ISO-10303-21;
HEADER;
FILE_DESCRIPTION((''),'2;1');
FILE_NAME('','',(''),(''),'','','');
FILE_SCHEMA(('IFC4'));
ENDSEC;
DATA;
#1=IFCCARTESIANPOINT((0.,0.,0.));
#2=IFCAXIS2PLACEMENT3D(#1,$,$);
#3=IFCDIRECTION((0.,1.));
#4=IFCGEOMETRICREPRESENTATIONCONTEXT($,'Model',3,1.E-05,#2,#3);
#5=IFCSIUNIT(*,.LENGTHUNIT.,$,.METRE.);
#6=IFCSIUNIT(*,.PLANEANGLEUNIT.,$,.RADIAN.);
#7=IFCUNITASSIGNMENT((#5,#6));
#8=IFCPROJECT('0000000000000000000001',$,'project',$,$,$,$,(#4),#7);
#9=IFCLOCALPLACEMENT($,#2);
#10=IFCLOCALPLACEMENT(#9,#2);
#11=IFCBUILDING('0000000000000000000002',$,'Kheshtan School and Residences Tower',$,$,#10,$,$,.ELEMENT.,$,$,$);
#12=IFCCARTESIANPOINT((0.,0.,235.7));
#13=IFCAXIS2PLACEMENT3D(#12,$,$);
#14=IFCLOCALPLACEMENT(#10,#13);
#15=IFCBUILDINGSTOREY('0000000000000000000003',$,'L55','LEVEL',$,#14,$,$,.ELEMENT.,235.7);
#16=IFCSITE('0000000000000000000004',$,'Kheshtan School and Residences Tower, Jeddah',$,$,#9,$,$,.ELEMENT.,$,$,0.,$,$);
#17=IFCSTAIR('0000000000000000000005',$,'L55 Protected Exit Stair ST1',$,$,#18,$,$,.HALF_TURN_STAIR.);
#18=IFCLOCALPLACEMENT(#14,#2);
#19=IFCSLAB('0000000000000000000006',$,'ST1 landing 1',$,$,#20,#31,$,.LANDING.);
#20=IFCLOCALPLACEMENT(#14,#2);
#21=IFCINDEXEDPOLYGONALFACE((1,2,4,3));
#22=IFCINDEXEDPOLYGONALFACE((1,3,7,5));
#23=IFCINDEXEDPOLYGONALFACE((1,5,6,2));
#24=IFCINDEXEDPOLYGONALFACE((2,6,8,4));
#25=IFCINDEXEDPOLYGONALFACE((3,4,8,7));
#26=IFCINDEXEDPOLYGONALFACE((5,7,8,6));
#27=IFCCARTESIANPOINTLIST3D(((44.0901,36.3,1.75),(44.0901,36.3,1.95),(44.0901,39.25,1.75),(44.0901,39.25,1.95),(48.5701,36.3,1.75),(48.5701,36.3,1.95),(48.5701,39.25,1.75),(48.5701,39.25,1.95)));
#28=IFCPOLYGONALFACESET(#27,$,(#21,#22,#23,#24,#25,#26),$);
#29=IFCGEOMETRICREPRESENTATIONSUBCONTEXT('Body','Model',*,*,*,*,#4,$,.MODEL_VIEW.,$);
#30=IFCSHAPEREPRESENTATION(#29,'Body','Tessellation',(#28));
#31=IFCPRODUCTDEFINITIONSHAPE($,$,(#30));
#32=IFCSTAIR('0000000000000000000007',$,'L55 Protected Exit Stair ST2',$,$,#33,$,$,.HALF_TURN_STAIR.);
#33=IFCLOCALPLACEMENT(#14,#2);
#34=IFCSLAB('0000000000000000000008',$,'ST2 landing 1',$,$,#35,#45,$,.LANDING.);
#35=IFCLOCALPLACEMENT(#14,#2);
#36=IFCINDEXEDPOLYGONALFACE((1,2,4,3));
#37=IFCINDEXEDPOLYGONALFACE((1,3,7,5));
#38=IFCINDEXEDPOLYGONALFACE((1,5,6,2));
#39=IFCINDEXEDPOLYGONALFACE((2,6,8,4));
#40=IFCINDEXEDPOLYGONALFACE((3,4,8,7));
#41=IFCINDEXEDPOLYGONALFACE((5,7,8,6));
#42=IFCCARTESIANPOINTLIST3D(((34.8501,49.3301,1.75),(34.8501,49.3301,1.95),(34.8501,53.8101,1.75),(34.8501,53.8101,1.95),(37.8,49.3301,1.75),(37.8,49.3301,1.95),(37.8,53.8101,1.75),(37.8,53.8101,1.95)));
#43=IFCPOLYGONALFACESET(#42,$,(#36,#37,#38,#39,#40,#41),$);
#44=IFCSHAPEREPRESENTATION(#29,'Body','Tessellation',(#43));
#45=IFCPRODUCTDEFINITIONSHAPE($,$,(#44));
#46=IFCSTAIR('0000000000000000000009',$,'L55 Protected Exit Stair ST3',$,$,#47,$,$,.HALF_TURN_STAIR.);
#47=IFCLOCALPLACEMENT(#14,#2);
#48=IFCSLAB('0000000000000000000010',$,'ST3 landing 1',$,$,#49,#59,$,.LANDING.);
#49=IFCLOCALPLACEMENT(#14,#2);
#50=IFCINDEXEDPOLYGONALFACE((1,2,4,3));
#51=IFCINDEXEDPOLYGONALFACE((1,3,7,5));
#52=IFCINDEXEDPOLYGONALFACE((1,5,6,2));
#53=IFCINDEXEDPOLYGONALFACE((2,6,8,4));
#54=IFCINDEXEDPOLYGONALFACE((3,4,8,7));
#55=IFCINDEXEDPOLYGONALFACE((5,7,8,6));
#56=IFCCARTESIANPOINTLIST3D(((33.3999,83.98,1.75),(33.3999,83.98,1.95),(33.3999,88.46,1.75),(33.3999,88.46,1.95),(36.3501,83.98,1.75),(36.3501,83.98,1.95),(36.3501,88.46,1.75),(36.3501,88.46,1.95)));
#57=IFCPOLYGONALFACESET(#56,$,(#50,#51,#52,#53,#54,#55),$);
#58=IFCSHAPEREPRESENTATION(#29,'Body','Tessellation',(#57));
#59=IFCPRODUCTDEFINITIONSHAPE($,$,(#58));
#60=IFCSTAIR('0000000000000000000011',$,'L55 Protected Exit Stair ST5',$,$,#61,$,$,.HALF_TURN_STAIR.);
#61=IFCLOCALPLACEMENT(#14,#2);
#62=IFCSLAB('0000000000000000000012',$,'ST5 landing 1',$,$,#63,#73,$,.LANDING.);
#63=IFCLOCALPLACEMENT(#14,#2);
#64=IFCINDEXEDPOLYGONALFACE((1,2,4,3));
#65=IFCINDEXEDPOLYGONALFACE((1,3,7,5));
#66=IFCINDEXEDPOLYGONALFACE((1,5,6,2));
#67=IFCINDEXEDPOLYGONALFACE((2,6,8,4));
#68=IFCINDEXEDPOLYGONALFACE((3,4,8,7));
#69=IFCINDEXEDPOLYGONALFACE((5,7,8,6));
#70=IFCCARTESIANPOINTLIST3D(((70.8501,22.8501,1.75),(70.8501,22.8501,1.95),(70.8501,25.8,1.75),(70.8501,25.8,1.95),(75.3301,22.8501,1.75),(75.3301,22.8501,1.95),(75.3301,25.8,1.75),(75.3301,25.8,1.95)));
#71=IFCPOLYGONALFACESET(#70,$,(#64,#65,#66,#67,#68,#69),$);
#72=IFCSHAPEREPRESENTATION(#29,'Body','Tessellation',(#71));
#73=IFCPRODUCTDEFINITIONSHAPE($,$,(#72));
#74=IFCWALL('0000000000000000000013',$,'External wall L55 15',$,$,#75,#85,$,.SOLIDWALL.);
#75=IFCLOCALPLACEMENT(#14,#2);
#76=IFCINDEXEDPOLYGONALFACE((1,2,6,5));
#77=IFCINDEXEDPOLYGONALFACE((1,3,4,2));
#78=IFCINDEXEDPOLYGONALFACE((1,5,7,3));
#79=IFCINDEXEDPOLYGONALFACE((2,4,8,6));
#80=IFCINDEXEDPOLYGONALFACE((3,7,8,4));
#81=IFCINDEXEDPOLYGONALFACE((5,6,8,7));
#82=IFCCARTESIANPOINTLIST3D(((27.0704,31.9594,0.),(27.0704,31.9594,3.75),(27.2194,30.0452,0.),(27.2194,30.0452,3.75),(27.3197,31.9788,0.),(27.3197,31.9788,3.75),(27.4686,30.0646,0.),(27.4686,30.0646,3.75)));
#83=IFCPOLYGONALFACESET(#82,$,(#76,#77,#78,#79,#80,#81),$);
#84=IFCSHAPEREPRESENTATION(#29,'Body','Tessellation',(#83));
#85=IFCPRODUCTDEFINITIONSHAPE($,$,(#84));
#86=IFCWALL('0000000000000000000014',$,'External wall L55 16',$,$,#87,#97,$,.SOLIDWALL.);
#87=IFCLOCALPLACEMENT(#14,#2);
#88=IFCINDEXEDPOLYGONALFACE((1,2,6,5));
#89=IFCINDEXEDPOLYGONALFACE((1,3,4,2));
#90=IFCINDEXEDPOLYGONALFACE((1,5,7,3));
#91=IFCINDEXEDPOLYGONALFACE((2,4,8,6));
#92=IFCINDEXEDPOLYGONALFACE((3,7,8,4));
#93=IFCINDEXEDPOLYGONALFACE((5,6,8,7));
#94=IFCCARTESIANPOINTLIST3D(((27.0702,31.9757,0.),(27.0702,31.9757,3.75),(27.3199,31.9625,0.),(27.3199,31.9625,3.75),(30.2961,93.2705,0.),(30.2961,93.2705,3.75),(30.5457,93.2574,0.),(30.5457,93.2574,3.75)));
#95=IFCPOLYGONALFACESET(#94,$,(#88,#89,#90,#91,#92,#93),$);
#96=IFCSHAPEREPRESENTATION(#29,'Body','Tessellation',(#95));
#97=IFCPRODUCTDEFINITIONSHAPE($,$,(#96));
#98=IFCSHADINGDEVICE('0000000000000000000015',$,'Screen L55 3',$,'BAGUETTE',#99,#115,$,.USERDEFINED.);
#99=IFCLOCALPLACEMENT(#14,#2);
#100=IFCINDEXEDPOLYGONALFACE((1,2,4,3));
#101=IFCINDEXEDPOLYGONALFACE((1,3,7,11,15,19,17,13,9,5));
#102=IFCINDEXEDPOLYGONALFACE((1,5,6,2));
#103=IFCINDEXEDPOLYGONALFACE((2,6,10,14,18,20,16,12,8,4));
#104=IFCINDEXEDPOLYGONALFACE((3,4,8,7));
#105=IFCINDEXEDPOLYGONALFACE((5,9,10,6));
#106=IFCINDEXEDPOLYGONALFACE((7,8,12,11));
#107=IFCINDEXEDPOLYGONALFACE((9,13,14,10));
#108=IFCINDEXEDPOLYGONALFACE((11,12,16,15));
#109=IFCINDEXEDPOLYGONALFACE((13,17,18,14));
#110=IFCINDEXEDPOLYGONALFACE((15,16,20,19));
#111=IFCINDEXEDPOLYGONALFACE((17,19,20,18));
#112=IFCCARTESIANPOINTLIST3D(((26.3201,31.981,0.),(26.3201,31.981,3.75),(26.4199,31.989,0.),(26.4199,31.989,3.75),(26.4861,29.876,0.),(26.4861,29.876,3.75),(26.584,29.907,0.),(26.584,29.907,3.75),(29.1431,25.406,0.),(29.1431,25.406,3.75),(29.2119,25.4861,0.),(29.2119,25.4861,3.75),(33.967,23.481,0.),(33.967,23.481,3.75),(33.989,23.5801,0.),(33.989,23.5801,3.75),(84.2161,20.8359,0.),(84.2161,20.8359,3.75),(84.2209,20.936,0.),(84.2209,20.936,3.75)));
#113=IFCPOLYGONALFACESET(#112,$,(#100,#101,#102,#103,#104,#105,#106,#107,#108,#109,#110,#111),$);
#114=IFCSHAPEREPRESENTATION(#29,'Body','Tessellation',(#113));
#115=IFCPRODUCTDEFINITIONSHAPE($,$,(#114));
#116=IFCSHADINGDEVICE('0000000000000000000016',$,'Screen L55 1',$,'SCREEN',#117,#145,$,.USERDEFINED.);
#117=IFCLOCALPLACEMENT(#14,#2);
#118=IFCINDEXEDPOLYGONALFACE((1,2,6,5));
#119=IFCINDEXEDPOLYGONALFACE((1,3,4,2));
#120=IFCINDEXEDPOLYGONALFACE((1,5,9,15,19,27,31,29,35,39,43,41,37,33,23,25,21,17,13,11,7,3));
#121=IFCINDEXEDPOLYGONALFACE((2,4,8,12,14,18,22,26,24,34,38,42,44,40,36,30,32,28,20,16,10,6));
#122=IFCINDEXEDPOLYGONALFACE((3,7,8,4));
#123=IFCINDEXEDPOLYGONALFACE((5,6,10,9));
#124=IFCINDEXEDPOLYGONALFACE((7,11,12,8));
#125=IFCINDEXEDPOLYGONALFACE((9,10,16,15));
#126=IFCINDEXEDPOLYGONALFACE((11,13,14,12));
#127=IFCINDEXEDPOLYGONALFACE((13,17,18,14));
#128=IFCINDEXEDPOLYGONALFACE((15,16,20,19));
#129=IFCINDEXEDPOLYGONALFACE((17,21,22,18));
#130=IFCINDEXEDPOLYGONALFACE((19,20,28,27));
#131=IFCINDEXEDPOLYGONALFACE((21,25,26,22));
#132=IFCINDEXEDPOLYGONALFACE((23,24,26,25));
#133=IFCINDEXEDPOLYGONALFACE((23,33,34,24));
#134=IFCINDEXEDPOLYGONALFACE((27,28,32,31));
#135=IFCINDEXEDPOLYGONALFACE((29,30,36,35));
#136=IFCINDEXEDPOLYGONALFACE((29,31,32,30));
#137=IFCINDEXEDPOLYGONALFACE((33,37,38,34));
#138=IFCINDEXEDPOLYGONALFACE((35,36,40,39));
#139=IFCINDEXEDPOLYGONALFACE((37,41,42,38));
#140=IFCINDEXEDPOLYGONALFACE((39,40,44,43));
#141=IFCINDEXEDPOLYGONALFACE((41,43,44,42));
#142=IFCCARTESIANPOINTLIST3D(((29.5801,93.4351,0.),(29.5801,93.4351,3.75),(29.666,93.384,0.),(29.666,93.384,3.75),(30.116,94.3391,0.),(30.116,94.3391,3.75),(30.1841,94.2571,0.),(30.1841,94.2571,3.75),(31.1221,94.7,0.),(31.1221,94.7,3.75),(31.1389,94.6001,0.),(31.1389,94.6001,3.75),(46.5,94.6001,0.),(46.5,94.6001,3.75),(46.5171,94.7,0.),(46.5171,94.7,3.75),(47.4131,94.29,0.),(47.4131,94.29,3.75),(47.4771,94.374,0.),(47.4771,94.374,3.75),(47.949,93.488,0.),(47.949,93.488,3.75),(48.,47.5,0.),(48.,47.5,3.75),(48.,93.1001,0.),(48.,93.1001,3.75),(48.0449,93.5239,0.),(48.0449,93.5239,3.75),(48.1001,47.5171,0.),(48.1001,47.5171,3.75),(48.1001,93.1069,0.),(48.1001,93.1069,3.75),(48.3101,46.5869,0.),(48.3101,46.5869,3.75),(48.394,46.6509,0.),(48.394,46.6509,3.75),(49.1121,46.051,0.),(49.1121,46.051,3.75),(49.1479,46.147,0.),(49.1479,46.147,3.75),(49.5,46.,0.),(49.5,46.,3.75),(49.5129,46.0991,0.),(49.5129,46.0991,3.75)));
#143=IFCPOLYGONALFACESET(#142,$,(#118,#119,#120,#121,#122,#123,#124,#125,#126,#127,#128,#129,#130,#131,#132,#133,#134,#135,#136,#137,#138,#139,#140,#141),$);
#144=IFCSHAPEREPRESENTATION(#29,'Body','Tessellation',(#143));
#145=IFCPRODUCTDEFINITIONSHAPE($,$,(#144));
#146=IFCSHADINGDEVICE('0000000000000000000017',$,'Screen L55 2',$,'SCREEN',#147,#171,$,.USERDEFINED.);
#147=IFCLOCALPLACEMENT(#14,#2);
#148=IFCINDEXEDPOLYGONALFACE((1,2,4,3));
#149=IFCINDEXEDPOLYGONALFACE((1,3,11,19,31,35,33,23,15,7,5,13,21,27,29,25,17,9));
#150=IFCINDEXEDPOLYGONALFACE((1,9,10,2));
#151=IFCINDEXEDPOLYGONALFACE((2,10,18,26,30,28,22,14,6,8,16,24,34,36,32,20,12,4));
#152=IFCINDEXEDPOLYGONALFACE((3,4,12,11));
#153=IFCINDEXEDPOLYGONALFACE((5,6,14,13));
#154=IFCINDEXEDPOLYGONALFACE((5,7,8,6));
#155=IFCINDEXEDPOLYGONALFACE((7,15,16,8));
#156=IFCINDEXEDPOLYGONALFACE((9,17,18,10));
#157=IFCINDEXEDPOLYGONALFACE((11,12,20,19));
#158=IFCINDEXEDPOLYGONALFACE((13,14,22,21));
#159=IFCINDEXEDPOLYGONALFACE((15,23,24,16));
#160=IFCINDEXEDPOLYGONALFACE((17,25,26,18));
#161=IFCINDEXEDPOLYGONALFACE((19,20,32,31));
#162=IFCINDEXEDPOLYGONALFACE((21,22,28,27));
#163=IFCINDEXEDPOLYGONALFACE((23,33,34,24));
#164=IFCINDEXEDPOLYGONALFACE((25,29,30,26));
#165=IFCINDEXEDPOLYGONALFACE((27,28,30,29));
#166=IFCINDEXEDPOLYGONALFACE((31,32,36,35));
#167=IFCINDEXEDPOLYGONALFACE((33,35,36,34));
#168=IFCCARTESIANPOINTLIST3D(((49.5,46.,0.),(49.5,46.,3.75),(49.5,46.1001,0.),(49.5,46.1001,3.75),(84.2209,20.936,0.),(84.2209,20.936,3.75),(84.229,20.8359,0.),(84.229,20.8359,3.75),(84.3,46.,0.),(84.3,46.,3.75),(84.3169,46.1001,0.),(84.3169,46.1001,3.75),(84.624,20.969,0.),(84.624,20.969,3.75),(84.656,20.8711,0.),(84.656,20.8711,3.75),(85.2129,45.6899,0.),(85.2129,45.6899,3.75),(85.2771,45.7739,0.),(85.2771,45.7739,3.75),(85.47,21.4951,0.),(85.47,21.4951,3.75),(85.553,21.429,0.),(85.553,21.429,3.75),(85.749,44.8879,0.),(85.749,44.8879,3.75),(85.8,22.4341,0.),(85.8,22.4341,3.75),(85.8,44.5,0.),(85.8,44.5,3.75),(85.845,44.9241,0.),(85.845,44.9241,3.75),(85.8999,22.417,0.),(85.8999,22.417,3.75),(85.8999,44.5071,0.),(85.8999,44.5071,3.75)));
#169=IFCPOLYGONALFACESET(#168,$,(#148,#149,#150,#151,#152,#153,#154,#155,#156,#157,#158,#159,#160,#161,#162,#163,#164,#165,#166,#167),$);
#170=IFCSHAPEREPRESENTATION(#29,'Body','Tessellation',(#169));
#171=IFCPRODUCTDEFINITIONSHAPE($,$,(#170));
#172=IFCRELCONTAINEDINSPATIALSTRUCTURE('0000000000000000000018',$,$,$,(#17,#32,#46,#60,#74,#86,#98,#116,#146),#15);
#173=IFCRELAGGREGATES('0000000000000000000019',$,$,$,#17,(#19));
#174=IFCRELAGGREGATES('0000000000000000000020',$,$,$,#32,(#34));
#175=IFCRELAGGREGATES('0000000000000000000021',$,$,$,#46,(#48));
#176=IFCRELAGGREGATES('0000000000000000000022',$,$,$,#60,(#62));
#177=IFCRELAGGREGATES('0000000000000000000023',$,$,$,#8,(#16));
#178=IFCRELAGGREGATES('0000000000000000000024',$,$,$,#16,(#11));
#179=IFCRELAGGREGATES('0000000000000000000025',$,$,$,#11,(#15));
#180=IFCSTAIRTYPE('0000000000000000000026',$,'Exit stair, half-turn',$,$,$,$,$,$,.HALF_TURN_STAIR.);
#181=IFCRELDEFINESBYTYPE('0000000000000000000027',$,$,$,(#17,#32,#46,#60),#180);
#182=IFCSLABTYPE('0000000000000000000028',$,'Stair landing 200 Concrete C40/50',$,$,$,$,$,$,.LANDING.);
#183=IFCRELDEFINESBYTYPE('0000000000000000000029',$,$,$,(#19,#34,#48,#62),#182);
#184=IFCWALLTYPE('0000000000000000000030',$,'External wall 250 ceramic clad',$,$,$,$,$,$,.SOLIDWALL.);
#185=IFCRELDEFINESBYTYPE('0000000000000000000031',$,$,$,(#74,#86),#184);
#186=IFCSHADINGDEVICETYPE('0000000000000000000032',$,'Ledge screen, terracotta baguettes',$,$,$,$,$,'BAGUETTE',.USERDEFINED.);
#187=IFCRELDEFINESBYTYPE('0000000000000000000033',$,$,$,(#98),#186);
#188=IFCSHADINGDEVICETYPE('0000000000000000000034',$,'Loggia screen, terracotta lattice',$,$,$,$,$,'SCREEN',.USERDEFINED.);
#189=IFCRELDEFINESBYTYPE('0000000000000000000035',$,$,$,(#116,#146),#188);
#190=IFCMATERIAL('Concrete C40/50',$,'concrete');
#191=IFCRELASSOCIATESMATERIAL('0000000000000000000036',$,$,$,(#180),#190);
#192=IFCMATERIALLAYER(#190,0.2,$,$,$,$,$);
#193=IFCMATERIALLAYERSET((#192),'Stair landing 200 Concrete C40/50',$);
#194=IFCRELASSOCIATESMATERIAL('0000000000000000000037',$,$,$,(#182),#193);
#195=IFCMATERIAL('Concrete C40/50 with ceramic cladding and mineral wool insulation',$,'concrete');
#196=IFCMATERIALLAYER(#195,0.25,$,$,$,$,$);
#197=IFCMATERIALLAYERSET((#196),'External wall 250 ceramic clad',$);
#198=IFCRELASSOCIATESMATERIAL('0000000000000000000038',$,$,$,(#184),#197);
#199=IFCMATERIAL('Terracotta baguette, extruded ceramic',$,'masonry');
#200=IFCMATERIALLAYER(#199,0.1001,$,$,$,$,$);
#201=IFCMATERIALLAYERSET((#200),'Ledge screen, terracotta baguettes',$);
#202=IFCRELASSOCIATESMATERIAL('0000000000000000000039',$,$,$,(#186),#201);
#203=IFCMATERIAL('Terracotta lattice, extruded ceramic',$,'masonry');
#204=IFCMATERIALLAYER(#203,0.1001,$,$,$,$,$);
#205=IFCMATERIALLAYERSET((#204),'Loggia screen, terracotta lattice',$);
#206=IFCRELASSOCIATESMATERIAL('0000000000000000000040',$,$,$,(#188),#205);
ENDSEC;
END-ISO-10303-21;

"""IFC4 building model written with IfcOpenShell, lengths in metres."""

from ifc_helpers import new_model, si_unit, direction, frame, frame_2d, origin, place, context, subcontext, project, spatial, polyline, rectangle, outline, extrude, material, layer, layer_set, type_object, element, aggregate, save


model = new_model("IFC4")

# Units and contexts
model_context = context("Model", 3, precision=1e-05, world=origin(), true_north=direction((0.0, 1.0)))
body_context = subcontext(model_context, "Body", "Model", "MODEL_VIEW")
ifc_project = project(units=[si_unit("LENGTHUNIT", "METRE"), si_unit("PLANEANGLEUNIT", "RADIAN")], contexts=[model_context])

# Site, building, storey
site_placement = place(None, origin())
site = spatial("IfcSite", under=ifc_project, at=site_placement, Name="Kheshtan School and Residences Tower, Jeddah", CompositionType="ELEMENT", RefElevation=0.0)
building_placement = place(site_placement, origin())
building = spatial("IfcBuilding", under=site, at=building_placement, Name="Kheshtan School and Residences Tower", CompositionType="ELEMENT")
storey_placement = place(building_placement, frame((0.0, 0.0, 235.7)))
storey = spatial("IfcBuildingStorey", under=building, at=storey_placement, Name="L55", Description="LEVEL", CompositionType="ELEMENT", Elevation=235.7)

# Shared definitions
ifc_material_1 = material(Name="Concrete C40/50", Category="concrete")

# Stairs, slabs
stair_type = type_object("IfcStairType", Name="Exit stair, half-turn", PredefinedType="HALF_TURN_STAIR", material=ifc_material_1)
stair_1_placement = place(storey_placement, origin())
stair_1 = element("IfcStair", 1, at=stair_1_placement, inside=storey, type_object=stair_type, Name="L55 Protected Exit Stair ST1", PredefinedType="HALF_TURN_STAIR")
ifc_layer_1 = layer(ifc_material_1, 0.2)
ifc_layer_set_1 = layer_set([ifc_layer_1], Name="Stair landing 200 Concrete C40/50")
slab_type_1 = type_object("IfcSlabType", Name="Stair landing 200 Concrete C40/50", PredefinedType="LANDING", material=ifc_layer_set_1)
slab_1_placement = place(storey_placement, frame((0.0, 0.0, 1.75)))
slab_1 = element("IfcSlab", 2, at=slab_1_placement, type_object=slab_type_1, Name="ST1 landing 1", PredefinedType="LANDING", context=body_context, shape_type="SweptSolid", body=[
    extrude(outline(polyline([(48.5701, 39.25), (44.0901, 39.25), (44.0901, 36.3), (48.5701, 36.3), (48.5701, 39.25)])), origin(), (0.0, 0.0, 1.0), 0.2),
])
aggregate(stair_1, [slab_1])
stair_2_placement = place(storey_placement, origin())
stair_2 = element("IfcStair", 3, at=stair_2_placement, inside=storey, type_object=stair_type, Name="L55 Protected Exit Stair ST2", PredefinedType="HALF_TURN_STAIR")
slab_2_placement = place(storey_placement, frame((0.0, 0.0, 1.75)))
slab_2 = element("IfcSlab", 4, at=slab_2_placement, type_object=slab_type_1, Name="ST2 landing 1", PredefinedType="LANDING", context=body_context, shape_type="SweptSolid", body=[
    extrude(outline(polyline([(37.8, 49.3301), (37.8, 53.8101), (34.8501, 53.8101), (34.8501, 49.3301), (37.8, 49.3301)])), origin(), (0.0, 0.0, 1.0), 0.2),
])
aggregate(stair_2, [slab_2])
stair_3_placement = place(storey_placement, origin())
stair_3 = element("IfcStair", 5, at=stair_3_placement, inside=storey, type_object=stair_type, Name="L55 Protected Exit Stair ST3", PredefinedType="HALF_TURN_STAIR")
slab_3_placement = place(storey_placement, frame((0.0, 0.0, 1.75)))
slab_3 = element("IfcSlab", 6, at=slab_3_placement, type_object=slab_type_1, Name="ST3 landing 1", PredefinedType="LANDING", context=body_context, shape_type="SweptSolid", body=[
    extrude(outline(polyline([(36.3501, 83.98), (36.3501, 88.46), (33.3999, 88.46), (33.3999, 83.98), (36.3501, 83.98)])), origin(), (0.0, 0.0, 1.0), 0.2),
])
aggregate(stair_3, [slab_3])
stair_4_placement = place(storey_placement, origin())
stair_4 = element("IfcStair", 7, at=stair_4_placement, inside=storey, type_object=stair_type, Name="L55 Protected Exit Stair ST5", PredefinedType="HALF_TURN_STAIR")
slab_4_placement = place(storey_placement, frame((0.0, 0.0, 1.75)))
slab_4 = element("IfcSlab", 8, at=slab_4_placement, type_object=slab_type_1, Name="ST5 landing 1", PredefinedType="LANDING", context=body_context, shape_type="SweptSolid", body=[
    extrude(outline(polyline([(75.3301, 25.8), (70.8501, 25.8), (70.8501, 22.8501), (75.3301, 22.8501), (75.3301, 25.8)])), origin(), (0.0, 0.0, 1.0), 0.2),
])
aggregate(stair_4, [slab_4])

# Walls
ifc_material_2 = material(Name="Concrete C40/50 with ceramic cladding and mineral wool insulation", Category="concrete")
ifc_layer_2 = layer(ifc_material_2, 0.25)
ifc_layer_set_2 = layer_set([ifc_layer_2], Name="External wall 250 ceramic clad")
wall_type = type_object("IfcWallType", Name="External wall 250 ceramic clad", PredefinedType="SOLIDWALL", material=ifc_layer_set_2)
wall_1_placement = place(storey_placement, frame((27.344, 30.0549, 0.0), z_axis=(0.0, 0.0, 1.0), x_axis=(-0.077572, 0.996987, 0.0)))
element("IfcWall", 9, at=wall_1_placement, inside=storey, type_object=wall_type, Name="External wall L55 15", PredefinedType="SOLIDWALL", context=body_context, shape_type="SweptSolid", body=[
    extrude(rectangle(XDim=1.9199, YDim=0.25, at=frame_2d((0.96, 0.0))), origin(), (0.0, 0.0, 1.0), 3.75),
])
wall_2_placement = place(storey_placement, frame((27.1951, 31.969, 0.0), z_axis=(0.0, 0.0, 1.0), x_axis=(0.052555, 0.998618, 0.0)))
element("IfcWall", 10, at=wall_2_placement, inside=storey, type_object=wall_type, Name="External wall L55 16", PredefinedType="SOLIDWALL", context=body_context, shape_type="SweptSolid", body=[
    extrude(rectangle(XDim=61.3796, YDim=0.25, at=frame_2d((30.6899, 0.0))), origin(), (0.0, 0.0, 1.0), 3.75),
])

# Shading devices
ifc_material_3 = material(Name="Terracotta baguette, extruded ceramic", Category="masonry")
ifc_layer_3 = layer(ifc_material_3, 0.1001)
ifc_layer_set_3 = layer_set([ifc_layer_3], Name="Ledge screen, terracotta baguettes")
shading_device_type_1 = type_object("IfcShadingDeviceType", Name="Ledge screen, terracotta baguettes", ElementType="BAGUETTE", PredefinedType="USERDEFINED", material=ifc_layer_set_3)
shading_device_1_placement = place(storey_placement, origin())
element("IfcShadingDevice", 11, at=shading_device_1_placement, inside=storey, type_object=shading_device_type_1, Name="Screen L55 3", ObjectType="BAGUETTE", PredefinedType="USERDEFINED", context=body_context, shape_type="SweptSolid", body=[
    extrude(outline(polyline([(84.2209, 20.936), (33.989, 23.5801), (29.2119, 25.4861), (26.584, 29.907), (26.4199, 31.989), (26.3201, 31.981), (26.4861, 29.876), (29.1431, 25.406), (33.967, 23.481), (84.2161, 20.8359), (84.2209, 20.936)])), origin(), (0.0, 0.0, 1.0), 3.75),
])
ifc_material_4 = material(Name="Terracotta lattice, extruded ceramic", Category="masonry")
ifc_layer_4 = layer(ifc_material_4, 0.1001)
ifc_layer_set_4 = layer_set([ifc_layer_4], Name="Loggia screen, terracotta lattice")
shading_device_type_2 = type_object("IfcShadingDeviceType", Name="Loggia screen, terracotta lattice", ElementType="SCREEN", PredefinedType="USERDEFINED", material=ifc_layer_set_4)
shading_device_2_placement = place(storey_placement, origin())
element("IfcShadingDevice", 12, at=shading_device_2_placement, inside=storey, type_object=shading_device_type_2, Name="Screen L55 1", ObjectType="SCREEN", PredefinedType="USERDEFINED", context=body_context, shape_type="SweptSolid", body=[
    extrude(outline(polyline([(29.666, 93.384), (30.1841, 94.2571), (31.1389, 94.6001), (46.5, 94.6001), (47.4131, 94.29), (47.949, 93.488), (48.0, 93.1001), (48.0, 47.5), (48.3101, 46.5869), (49.1121, 46.051), (49.5, 46.0), (49.5129, 46.0991), (49.1479, 46.147), (48.394, 46.6509), (48.1001, 47.5171), (48.1001, 93.1069), (48.0449, 93.5239), (47.4771, 94.374), (46.5171, 94.7), (31.1221, 94.7), (30.116, 94.3391), (29.5801, 93.4351), (29.666, 93.384)])), origin(), (0.0, 0.0, 1.0), 3.75),
])
shading_device_3_placement = place(storey_placement, origin())
element("IfcShadingDevice", 13, at=shading_device_3_placement, inside=storey, type_object=shading_device_type_2, Name="Screen L55 2", ObjectType="SCREEN", PredefinedType="USERDEFINED", context=body_context, shape_type="SweptSolid", body=[
    extrude(outline(polyline([(49.5, 46.0), (84.3, 46.0), (85.2129, 45.6899), (85.749, 44.8879), (85.8, 44.5), (85.8, 22.4341), (85.47, 21.4951), (84.624, 20.969), (84.2209, 20.936), (84.229, 20.8359), (84.656, 20.8711), (85.553, 21.429), (85.8999, 22.417), (85.8999, 44.5071), (85.845, 44.9241), (85.2771, 45.7739), (84.3169, 46.1001), (49.5, 46.1001), (49.5, 46.0)])), origin(), (0.0, 0.0, 1.0), 3.75),
])

save(model, "model.ifc")
